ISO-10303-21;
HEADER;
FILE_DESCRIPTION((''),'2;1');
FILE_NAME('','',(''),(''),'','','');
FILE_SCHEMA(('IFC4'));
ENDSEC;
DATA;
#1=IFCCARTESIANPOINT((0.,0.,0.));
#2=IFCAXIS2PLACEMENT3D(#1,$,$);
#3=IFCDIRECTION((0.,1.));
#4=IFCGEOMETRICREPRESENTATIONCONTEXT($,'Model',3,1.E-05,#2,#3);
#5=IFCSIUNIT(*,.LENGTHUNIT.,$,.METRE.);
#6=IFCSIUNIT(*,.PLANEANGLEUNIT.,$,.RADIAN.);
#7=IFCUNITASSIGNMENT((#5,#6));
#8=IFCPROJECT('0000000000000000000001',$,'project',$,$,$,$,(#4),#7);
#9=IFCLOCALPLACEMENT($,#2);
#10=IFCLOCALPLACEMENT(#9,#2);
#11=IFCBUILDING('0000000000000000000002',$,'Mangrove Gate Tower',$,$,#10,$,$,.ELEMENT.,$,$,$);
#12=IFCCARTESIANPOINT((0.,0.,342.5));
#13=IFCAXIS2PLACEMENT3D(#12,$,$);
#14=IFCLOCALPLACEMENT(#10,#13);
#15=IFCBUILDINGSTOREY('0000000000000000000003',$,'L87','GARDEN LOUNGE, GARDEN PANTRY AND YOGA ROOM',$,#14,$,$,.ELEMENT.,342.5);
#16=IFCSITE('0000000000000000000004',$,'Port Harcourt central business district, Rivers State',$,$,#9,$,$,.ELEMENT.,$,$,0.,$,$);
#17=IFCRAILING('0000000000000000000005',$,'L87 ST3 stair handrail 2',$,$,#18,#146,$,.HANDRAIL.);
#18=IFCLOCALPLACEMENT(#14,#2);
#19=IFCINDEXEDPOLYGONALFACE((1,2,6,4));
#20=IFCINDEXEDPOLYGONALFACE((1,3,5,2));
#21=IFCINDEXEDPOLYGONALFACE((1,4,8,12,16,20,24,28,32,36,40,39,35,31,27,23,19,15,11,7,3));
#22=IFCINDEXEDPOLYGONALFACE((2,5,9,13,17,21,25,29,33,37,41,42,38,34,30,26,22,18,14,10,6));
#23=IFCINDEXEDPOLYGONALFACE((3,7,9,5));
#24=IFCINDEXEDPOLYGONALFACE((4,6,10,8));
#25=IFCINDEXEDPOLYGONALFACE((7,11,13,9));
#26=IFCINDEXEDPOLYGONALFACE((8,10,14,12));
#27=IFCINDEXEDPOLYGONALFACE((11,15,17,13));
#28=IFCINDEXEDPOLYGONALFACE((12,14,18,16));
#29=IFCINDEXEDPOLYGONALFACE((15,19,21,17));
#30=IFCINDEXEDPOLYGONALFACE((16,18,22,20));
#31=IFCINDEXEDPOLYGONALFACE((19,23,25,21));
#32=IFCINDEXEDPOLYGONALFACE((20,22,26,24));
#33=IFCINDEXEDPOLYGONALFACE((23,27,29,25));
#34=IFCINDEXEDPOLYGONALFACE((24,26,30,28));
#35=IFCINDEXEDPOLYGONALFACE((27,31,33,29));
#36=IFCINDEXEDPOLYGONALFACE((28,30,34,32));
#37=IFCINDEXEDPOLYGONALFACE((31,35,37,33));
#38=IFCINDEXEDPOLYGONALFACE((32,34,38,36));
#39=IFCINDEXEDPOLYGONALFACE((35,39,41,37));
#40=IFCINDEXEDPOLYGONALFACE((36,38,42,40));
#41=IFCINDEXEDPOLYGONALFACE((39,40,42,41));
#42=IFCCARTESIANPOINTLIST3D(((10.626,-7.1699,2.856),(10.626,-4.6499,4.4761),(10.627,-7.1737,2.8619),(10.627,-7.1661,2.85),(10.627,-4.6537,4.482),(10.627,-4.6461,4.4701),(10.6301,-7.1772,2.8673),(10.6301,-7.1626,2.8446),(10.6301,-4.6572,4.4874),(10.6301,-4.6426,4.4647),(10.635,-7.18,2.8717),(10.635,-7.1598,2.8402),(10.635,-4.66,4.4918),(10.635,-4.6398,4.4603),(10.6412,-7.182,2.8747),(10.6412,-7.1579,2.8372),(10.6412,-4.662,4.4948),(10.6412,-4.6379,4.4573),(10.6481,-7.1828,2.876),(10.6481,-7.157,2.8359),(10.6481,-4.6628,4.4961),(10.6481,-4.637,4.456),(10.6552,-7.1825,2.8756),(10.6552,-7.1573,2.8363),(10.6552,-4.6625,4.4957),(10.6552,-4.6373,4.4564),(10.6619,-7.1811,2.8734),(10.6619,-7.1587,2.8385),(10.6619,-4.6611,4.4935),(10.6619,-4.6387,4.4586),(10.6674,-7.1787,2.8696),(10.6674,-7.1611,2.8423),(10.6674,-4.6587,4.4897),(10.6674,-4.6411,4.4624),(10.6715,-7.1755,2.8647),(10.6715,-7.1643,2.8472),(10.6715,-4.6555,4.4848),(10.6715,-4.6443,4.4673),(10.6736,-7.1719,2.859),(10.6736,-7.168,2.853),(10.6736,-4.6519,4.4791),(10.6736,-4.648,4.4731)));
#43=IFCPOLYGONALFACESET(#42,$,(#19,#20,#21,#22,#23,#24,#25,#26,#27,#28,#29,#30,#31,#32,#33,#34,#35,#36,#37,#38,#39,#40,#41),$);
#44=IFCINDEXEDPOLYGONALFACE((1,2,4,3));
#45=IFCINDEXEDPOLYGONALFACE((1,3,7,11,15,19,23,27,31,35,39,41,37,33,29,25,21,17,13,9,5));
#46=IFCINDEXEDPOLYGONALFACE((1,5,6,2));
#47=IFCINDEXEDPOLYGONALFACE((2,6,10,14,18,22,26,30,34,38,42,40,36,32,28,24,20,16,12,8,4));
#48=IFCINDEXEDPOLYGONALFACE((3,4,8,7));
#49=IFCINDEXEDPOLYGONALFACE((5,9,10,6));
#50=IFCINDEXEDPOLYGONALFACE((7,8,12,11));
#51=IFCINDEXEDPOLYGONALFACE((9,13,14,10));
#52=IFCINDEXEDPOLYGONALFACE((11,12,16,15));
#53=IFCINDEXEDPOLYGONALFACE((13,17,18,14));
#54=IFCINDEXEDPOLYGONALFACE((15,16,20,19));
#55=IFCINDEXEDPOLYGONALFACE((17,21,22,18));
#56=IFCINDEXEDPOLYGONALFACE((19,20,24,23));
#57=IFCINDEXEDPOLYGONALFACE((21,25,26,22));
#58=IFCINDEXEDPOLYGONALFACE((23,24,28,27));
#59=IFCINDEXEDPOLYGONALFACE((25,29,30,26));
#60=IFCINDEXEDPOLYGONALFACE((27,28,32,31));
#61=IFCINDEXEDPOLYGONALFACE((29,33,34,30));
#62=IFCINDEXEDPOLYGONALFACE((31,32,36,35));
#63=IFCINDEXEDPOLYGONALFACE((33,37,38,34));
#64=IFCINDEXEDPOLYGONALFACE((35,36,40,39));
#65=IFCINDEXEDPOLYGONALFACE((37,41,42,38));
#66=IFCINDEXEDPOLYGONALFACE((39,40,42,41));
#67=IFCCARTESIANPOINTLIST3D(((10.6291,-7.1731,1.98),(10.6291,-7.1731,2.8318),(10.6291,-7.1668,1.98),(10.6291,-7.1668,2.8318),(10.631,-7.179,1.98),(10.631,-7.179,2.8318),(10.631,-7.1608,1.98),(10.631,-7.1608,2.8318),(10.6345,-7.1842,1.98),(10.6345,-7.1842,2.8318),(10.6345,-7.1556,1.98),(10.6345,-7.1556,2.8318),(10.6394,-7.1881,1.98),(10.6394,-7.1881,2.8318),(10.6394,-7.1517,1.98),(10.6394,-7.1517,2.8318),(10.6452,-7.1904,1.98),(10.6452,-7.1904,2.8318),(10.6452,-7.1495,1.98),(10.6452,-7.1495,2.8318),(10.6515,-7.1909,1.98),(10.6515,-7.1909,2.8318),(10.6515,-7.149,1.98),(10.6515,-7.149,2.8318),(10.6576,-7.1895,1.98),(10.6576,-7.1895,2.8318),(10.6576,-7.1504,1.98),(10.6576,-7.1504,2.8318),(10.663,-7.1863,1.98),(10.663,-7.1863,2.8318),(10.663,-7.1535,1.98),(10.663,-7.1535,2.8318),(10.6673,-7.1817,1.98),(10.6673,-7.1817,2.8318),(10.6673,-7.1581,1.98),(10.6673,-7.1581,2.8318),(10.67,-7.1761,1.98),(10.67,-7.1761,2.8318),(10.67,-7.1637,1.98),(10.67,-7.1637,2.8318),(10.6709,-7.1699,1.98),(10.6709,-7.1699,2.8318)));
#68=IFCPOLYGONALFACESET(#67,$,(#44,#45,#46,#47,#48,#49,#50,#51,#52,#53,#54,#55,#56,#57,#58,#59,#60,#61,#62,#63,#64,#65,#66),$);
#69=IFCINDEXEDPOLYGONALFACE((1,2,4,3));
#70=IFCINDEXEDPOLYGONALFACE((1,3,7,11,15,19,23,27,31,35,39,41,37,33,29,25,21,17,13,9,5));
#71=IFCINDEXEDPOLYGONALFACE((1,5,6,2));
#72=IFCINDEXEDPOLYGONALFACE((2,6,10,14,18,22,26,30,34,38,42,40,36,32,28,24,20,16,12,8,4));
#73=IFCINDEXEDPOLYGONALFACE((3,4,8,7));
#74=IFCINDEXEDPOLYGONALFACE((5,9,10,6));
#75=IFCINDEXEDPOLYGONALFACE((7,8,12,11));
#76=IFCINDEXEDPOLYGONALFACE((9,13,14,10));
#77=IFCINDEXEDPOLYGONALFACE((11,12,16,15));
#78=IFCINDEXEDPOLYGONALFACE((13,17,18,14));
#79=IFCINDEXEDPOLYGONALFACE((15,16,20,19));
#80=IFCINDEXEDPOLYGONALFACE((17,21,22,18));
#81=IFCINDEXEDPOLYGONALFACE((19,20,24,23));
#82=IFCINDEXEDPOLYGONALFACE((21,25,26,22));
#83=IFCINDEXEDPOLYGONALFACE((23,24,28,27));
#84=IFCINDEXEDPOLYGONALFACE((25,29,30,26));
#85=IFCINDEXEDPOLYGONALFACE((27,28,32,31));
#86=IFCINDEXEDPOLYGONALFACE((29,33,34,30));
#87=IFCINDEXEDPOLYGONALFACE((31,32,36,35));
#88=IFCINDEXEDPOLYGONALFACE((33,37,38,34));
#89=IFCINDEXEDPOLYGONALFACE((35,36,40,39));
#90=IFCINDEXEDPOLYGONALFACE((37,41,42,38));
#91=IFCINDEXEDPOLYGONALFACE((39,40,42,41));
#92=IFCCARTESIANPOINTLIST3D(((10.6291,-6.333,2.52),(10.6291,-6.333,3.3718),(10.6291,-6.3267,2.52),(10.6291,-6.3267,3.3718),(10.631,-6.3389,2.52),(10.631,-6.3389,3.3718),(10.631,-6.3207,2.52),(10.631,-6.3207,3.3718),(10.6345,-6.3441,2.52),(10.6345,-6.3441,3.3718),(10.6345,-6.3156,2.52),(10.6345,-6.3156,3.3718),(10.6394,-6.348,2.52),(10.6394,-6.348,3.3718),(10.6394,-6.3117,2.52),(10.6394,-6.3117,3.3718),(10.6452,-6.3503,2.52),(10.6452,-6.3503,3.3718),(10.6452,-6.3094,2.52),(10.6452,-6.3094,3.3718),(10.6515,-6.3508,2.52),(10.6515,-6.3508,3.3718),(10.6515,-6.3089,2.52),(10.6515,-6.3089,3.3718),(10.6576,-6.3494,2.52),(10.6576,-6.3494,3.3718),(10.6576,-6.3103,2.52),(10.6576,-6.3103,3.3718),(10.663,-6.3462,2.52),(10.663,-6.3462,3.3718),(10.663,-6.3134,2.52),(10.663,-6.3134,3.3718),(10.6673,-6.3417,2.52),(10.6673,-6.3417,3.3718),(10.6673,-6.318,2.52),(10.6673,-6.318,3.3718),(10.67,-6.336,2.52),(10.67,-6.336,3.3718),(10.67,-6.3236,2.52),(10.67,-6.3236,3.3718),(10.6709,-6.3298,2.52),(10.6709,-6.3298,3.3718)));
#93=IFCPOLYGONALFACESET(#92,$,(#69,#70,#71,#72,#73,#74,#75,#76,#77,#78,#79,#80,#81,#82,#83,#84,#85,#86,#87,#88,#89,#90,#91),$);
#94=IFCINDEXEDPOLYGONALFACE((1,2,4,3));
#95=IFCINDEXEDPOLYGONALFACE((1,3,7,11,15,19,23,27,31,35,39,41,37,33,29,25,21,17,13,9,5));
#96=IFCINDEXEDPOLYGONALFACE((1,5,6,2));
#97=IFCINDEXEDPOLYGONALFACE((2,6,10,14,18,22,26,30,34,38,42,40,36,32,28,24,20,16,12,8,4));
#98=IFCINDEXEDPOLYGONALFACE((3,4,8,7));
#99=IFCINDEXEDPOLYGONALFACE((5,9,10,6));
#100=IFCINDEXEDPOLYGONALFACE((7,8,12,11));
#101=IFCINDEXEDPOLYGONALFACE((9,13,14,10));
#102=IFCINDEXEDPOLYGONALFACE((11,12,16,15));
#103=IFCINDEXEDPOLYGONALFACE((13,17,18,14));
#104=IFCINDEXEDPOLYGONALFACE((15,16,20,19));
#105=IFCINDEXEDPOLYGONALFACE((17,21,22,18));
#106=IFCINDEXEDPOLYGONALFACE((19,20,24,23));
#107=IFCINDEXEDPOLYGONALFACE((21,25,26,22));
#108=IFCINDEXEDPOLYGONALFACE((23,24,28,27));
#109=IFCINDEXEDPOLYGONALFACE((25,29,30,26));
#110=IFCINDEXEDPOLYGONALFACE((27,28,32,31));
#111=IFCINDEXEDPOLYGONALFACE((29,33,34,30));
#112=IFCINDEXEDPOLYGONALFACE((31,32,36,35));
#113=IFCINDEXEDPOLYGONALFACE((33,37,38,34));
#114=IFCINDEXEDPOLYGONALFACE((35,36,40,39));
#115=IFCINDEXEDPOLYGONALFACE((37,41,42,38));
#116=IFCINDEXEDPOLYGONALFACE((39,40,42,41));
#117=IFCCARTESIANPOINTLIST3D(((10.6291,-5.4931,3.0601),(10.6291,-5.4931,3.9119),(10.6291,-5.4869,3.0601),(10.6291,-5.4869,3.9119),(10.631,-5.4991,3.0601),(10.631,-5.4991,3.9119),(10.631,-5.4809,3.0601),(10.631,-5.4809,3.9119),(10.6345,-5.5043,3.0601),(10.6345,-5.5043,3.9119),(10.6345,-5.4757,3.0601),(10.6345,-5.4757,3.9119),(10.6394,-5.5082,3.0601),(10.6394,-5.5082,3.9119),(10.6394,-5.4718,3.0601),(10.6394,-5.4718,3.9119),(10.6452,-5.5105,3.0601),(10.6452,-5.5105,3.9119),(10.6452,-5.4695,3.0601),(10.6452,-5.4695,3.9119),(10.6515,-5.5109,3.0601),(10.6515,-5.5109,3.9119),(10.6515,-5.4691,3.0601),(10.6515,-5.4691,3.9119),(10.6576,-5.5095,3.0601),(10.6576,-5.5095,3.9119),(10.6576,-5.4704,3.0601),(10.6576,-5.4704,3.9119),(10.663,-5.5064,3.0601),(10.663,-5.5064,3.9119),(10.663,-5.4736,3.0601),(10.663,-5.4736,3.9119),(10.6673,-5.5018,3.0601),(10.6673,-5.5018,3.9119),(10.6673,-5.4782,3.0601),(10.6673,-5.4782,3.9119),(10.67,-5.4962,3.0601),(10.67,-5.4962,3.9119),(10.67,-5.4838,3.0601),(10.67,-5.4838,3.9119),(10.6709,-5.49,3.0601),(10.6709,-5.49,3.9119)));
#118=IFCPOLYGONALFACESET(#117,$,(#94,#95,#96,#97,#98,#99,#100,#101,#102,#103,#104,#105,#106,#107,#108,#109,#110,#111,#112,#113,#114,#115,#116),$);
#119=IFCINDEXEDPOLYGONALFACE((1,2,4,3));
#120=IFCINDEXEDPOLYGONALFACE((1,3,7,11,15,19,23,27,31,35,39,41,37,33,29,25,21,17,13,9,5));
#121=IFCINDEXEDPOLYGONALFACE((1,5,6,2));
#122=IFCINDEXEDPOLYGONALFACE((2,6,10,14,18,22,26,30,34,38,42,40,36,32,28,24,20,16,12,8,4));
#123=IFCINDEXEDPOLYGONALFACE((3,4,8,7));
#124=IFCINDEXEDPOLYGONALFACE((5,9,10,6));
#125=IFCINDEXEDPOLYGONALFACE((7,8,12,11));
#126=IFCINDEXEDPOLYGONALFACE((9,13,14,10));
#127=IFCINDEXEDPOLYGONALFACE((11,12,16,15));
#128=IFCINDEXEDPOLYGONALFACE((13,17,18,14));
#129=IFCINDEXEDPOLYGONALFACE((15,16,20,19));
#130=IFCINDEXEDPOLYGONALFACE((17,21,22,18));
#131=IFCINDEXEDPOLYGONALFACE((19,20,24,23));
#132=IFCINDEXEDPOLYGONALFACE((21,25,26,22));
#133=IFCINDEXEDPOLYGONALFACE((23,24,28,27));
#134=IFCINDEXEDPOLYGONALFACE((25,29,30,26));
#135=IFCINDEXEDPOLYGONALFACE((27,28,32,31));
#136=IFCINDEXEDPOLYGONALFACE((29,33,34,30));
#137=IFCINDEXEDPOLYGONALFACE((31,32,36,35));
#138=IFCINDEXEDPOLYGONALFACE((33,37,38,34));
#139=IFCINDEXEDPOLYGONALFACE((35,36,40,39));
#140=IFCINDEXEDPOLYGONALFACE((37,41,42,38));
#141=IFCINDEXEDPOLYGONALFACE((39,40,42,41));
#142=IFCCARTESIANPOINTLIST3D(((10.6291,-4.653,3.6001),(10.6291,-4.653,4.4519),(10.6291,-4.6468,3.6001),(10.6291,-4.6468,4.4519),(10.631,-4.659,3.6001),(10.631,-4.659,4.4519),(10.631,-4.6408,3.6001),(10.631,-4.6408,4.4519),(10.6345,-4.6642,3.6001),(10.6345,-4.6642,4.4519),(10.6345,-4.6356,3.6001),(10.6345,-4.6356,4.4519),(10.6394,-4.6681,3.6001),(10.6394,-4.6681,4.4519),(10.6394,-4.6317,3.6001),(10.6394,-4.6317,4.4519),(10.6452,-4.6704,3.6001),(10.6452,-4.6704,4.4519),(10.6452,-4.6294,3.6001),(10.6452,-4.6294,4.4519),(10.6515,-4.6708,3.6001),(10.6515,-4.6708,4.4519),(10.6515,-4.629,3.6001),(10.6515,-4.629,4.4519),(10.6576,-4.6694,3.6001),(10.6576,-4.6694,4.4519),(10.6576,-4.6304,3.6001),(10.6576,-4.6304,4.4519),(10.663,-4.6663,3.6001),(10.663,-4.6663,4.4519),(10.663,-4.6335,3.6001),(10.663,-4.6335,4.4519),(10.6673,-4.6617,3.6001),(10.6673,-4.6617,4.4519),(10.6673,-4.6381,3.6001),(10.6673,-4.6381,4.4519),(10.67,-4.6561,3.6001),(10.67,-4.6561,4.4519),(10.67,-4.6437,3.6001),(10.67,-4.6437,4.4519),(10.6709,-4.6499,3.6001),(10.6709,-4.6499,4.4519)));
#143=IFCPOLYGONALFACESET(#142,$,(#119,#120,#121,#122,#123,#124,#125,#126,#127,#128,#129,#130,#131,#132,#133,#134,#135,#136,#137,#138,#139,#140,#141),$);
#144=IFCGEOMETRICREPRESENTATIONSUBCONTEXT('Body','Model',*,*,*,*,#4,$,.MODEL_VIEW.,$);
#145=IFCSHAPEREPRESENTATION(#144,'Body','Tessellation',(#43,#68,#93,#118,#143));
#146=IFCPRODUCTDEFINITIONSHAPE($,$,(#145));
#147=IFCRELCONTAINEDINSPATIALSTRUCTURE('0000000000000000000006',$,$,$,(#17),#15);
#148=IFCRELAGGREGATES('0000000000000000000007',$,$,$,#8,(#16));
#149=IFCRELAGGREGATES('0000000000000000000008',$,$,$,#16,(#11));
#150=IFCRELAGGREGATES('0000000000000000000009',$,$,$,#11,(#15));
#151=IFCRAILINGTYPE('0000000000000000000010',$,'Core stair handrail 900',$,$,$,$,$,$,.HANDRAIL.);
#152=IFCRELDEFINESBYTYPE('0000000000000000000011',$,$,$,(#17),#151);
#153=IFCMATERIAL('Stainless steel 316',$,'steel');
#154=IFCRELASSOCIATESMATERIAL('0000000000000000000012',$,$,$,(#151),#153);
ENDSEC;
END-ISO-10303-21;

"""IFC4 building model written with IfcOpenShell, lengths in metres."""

from ifc_helpers import new_model, si_unit, direction, frame, origin, origin_2d, place, context, subcontext, project, spatial, circle, extrude, material, type_object, element, save


model = new_model("IFC4")

# Units and contexts
model_context = context("Model", 3, precision=1e-05, world=origin(), true_north=direction((0.0, 1.0)))
body_context = subcontext(model_context, "Body", "Model", "MODEL_VIEW")
ifc_project = project(units=[si_unit("LENGTHUNIT", "METRE"), si_unit("PLANEANGLEUNIT", "RADIAN")], contexts=[model_context])

# Site, building, storey
site_placement = place(None, origin())
site = spatial("IfcSite", under=ifc_project, at=site_placement, Name="Port Harcourt central business district, Rivers State", CompositionType="ELEMENT", RefElevation=0.0)
building_placement = place(site_placement, origin())
building = spatial("IfcBuilding", under=site, at=building_placement, Name="Mangrove Gate Tower", CompositionType="ELEMENT")
storey_placement = place(building_placement, frame((0.0, 0.0, 342.5)))
storey = spatial("IfcBuildingStorey", under=building, at=storey_placement, Name="L87", Description="GARDEN LOUNGE, GARDEN PANTRY AND YOGA ROOM", CompositionType="ELEMENT", Elevation=342.5)

# Railing
ifc_material_1 = material(Name="Stainless steel 316", Category="steel")
railing_type_1 = type_object("IfcRailingType", Name="Core stair handrail 900", PredefinedType="HANDRAIL", material=ifc_material_1)
railing_1_placement = place(storey_placement, frame((10.6499, -7.1699, 1.98)))
element("IfcRailing", 1, at=railing_1_placement, inside=storey, type_object=railing_type_1, Name="L87 ST3 stair handrail 2", PredefinedType="HANDRAIL", context=body_context, shape_type="SweptSolid", body=[
    extrude(circle(Radius=0.0239, at=origin_2d()), frame((0.0, 0.0, 0.876), z_axis=(0.0, 0.841163, 0.540782), x_axis=(-1.0, 0.0, 0.0)), (0.0, 0.0, 1.0), 2.9958),
    extrude(circle(Radius=0.021, at=origin_2d()), origin(), (0.0, 0.0, 1.0), 0.8518),
    extrude(circle(Radius=0.021, at=origin_2d()), frame((0.0, 0.8401, 0.54)), (0.0, 0.0, 1.0), 0.8518),
    extrude(circle(Radius=0.021, at=origin_2d()), frame((0.0, 1.6799, 1.0801)), (0.0, 0.0, 1.0), 0.8518),
    extrude(circle(Radius=0.021, at=origin_2d()), frame((0.0, 2.52, 1.6201)), (0.0, 0.0, 1.0), 0.8518),
])

save(model, "model.ifc")
